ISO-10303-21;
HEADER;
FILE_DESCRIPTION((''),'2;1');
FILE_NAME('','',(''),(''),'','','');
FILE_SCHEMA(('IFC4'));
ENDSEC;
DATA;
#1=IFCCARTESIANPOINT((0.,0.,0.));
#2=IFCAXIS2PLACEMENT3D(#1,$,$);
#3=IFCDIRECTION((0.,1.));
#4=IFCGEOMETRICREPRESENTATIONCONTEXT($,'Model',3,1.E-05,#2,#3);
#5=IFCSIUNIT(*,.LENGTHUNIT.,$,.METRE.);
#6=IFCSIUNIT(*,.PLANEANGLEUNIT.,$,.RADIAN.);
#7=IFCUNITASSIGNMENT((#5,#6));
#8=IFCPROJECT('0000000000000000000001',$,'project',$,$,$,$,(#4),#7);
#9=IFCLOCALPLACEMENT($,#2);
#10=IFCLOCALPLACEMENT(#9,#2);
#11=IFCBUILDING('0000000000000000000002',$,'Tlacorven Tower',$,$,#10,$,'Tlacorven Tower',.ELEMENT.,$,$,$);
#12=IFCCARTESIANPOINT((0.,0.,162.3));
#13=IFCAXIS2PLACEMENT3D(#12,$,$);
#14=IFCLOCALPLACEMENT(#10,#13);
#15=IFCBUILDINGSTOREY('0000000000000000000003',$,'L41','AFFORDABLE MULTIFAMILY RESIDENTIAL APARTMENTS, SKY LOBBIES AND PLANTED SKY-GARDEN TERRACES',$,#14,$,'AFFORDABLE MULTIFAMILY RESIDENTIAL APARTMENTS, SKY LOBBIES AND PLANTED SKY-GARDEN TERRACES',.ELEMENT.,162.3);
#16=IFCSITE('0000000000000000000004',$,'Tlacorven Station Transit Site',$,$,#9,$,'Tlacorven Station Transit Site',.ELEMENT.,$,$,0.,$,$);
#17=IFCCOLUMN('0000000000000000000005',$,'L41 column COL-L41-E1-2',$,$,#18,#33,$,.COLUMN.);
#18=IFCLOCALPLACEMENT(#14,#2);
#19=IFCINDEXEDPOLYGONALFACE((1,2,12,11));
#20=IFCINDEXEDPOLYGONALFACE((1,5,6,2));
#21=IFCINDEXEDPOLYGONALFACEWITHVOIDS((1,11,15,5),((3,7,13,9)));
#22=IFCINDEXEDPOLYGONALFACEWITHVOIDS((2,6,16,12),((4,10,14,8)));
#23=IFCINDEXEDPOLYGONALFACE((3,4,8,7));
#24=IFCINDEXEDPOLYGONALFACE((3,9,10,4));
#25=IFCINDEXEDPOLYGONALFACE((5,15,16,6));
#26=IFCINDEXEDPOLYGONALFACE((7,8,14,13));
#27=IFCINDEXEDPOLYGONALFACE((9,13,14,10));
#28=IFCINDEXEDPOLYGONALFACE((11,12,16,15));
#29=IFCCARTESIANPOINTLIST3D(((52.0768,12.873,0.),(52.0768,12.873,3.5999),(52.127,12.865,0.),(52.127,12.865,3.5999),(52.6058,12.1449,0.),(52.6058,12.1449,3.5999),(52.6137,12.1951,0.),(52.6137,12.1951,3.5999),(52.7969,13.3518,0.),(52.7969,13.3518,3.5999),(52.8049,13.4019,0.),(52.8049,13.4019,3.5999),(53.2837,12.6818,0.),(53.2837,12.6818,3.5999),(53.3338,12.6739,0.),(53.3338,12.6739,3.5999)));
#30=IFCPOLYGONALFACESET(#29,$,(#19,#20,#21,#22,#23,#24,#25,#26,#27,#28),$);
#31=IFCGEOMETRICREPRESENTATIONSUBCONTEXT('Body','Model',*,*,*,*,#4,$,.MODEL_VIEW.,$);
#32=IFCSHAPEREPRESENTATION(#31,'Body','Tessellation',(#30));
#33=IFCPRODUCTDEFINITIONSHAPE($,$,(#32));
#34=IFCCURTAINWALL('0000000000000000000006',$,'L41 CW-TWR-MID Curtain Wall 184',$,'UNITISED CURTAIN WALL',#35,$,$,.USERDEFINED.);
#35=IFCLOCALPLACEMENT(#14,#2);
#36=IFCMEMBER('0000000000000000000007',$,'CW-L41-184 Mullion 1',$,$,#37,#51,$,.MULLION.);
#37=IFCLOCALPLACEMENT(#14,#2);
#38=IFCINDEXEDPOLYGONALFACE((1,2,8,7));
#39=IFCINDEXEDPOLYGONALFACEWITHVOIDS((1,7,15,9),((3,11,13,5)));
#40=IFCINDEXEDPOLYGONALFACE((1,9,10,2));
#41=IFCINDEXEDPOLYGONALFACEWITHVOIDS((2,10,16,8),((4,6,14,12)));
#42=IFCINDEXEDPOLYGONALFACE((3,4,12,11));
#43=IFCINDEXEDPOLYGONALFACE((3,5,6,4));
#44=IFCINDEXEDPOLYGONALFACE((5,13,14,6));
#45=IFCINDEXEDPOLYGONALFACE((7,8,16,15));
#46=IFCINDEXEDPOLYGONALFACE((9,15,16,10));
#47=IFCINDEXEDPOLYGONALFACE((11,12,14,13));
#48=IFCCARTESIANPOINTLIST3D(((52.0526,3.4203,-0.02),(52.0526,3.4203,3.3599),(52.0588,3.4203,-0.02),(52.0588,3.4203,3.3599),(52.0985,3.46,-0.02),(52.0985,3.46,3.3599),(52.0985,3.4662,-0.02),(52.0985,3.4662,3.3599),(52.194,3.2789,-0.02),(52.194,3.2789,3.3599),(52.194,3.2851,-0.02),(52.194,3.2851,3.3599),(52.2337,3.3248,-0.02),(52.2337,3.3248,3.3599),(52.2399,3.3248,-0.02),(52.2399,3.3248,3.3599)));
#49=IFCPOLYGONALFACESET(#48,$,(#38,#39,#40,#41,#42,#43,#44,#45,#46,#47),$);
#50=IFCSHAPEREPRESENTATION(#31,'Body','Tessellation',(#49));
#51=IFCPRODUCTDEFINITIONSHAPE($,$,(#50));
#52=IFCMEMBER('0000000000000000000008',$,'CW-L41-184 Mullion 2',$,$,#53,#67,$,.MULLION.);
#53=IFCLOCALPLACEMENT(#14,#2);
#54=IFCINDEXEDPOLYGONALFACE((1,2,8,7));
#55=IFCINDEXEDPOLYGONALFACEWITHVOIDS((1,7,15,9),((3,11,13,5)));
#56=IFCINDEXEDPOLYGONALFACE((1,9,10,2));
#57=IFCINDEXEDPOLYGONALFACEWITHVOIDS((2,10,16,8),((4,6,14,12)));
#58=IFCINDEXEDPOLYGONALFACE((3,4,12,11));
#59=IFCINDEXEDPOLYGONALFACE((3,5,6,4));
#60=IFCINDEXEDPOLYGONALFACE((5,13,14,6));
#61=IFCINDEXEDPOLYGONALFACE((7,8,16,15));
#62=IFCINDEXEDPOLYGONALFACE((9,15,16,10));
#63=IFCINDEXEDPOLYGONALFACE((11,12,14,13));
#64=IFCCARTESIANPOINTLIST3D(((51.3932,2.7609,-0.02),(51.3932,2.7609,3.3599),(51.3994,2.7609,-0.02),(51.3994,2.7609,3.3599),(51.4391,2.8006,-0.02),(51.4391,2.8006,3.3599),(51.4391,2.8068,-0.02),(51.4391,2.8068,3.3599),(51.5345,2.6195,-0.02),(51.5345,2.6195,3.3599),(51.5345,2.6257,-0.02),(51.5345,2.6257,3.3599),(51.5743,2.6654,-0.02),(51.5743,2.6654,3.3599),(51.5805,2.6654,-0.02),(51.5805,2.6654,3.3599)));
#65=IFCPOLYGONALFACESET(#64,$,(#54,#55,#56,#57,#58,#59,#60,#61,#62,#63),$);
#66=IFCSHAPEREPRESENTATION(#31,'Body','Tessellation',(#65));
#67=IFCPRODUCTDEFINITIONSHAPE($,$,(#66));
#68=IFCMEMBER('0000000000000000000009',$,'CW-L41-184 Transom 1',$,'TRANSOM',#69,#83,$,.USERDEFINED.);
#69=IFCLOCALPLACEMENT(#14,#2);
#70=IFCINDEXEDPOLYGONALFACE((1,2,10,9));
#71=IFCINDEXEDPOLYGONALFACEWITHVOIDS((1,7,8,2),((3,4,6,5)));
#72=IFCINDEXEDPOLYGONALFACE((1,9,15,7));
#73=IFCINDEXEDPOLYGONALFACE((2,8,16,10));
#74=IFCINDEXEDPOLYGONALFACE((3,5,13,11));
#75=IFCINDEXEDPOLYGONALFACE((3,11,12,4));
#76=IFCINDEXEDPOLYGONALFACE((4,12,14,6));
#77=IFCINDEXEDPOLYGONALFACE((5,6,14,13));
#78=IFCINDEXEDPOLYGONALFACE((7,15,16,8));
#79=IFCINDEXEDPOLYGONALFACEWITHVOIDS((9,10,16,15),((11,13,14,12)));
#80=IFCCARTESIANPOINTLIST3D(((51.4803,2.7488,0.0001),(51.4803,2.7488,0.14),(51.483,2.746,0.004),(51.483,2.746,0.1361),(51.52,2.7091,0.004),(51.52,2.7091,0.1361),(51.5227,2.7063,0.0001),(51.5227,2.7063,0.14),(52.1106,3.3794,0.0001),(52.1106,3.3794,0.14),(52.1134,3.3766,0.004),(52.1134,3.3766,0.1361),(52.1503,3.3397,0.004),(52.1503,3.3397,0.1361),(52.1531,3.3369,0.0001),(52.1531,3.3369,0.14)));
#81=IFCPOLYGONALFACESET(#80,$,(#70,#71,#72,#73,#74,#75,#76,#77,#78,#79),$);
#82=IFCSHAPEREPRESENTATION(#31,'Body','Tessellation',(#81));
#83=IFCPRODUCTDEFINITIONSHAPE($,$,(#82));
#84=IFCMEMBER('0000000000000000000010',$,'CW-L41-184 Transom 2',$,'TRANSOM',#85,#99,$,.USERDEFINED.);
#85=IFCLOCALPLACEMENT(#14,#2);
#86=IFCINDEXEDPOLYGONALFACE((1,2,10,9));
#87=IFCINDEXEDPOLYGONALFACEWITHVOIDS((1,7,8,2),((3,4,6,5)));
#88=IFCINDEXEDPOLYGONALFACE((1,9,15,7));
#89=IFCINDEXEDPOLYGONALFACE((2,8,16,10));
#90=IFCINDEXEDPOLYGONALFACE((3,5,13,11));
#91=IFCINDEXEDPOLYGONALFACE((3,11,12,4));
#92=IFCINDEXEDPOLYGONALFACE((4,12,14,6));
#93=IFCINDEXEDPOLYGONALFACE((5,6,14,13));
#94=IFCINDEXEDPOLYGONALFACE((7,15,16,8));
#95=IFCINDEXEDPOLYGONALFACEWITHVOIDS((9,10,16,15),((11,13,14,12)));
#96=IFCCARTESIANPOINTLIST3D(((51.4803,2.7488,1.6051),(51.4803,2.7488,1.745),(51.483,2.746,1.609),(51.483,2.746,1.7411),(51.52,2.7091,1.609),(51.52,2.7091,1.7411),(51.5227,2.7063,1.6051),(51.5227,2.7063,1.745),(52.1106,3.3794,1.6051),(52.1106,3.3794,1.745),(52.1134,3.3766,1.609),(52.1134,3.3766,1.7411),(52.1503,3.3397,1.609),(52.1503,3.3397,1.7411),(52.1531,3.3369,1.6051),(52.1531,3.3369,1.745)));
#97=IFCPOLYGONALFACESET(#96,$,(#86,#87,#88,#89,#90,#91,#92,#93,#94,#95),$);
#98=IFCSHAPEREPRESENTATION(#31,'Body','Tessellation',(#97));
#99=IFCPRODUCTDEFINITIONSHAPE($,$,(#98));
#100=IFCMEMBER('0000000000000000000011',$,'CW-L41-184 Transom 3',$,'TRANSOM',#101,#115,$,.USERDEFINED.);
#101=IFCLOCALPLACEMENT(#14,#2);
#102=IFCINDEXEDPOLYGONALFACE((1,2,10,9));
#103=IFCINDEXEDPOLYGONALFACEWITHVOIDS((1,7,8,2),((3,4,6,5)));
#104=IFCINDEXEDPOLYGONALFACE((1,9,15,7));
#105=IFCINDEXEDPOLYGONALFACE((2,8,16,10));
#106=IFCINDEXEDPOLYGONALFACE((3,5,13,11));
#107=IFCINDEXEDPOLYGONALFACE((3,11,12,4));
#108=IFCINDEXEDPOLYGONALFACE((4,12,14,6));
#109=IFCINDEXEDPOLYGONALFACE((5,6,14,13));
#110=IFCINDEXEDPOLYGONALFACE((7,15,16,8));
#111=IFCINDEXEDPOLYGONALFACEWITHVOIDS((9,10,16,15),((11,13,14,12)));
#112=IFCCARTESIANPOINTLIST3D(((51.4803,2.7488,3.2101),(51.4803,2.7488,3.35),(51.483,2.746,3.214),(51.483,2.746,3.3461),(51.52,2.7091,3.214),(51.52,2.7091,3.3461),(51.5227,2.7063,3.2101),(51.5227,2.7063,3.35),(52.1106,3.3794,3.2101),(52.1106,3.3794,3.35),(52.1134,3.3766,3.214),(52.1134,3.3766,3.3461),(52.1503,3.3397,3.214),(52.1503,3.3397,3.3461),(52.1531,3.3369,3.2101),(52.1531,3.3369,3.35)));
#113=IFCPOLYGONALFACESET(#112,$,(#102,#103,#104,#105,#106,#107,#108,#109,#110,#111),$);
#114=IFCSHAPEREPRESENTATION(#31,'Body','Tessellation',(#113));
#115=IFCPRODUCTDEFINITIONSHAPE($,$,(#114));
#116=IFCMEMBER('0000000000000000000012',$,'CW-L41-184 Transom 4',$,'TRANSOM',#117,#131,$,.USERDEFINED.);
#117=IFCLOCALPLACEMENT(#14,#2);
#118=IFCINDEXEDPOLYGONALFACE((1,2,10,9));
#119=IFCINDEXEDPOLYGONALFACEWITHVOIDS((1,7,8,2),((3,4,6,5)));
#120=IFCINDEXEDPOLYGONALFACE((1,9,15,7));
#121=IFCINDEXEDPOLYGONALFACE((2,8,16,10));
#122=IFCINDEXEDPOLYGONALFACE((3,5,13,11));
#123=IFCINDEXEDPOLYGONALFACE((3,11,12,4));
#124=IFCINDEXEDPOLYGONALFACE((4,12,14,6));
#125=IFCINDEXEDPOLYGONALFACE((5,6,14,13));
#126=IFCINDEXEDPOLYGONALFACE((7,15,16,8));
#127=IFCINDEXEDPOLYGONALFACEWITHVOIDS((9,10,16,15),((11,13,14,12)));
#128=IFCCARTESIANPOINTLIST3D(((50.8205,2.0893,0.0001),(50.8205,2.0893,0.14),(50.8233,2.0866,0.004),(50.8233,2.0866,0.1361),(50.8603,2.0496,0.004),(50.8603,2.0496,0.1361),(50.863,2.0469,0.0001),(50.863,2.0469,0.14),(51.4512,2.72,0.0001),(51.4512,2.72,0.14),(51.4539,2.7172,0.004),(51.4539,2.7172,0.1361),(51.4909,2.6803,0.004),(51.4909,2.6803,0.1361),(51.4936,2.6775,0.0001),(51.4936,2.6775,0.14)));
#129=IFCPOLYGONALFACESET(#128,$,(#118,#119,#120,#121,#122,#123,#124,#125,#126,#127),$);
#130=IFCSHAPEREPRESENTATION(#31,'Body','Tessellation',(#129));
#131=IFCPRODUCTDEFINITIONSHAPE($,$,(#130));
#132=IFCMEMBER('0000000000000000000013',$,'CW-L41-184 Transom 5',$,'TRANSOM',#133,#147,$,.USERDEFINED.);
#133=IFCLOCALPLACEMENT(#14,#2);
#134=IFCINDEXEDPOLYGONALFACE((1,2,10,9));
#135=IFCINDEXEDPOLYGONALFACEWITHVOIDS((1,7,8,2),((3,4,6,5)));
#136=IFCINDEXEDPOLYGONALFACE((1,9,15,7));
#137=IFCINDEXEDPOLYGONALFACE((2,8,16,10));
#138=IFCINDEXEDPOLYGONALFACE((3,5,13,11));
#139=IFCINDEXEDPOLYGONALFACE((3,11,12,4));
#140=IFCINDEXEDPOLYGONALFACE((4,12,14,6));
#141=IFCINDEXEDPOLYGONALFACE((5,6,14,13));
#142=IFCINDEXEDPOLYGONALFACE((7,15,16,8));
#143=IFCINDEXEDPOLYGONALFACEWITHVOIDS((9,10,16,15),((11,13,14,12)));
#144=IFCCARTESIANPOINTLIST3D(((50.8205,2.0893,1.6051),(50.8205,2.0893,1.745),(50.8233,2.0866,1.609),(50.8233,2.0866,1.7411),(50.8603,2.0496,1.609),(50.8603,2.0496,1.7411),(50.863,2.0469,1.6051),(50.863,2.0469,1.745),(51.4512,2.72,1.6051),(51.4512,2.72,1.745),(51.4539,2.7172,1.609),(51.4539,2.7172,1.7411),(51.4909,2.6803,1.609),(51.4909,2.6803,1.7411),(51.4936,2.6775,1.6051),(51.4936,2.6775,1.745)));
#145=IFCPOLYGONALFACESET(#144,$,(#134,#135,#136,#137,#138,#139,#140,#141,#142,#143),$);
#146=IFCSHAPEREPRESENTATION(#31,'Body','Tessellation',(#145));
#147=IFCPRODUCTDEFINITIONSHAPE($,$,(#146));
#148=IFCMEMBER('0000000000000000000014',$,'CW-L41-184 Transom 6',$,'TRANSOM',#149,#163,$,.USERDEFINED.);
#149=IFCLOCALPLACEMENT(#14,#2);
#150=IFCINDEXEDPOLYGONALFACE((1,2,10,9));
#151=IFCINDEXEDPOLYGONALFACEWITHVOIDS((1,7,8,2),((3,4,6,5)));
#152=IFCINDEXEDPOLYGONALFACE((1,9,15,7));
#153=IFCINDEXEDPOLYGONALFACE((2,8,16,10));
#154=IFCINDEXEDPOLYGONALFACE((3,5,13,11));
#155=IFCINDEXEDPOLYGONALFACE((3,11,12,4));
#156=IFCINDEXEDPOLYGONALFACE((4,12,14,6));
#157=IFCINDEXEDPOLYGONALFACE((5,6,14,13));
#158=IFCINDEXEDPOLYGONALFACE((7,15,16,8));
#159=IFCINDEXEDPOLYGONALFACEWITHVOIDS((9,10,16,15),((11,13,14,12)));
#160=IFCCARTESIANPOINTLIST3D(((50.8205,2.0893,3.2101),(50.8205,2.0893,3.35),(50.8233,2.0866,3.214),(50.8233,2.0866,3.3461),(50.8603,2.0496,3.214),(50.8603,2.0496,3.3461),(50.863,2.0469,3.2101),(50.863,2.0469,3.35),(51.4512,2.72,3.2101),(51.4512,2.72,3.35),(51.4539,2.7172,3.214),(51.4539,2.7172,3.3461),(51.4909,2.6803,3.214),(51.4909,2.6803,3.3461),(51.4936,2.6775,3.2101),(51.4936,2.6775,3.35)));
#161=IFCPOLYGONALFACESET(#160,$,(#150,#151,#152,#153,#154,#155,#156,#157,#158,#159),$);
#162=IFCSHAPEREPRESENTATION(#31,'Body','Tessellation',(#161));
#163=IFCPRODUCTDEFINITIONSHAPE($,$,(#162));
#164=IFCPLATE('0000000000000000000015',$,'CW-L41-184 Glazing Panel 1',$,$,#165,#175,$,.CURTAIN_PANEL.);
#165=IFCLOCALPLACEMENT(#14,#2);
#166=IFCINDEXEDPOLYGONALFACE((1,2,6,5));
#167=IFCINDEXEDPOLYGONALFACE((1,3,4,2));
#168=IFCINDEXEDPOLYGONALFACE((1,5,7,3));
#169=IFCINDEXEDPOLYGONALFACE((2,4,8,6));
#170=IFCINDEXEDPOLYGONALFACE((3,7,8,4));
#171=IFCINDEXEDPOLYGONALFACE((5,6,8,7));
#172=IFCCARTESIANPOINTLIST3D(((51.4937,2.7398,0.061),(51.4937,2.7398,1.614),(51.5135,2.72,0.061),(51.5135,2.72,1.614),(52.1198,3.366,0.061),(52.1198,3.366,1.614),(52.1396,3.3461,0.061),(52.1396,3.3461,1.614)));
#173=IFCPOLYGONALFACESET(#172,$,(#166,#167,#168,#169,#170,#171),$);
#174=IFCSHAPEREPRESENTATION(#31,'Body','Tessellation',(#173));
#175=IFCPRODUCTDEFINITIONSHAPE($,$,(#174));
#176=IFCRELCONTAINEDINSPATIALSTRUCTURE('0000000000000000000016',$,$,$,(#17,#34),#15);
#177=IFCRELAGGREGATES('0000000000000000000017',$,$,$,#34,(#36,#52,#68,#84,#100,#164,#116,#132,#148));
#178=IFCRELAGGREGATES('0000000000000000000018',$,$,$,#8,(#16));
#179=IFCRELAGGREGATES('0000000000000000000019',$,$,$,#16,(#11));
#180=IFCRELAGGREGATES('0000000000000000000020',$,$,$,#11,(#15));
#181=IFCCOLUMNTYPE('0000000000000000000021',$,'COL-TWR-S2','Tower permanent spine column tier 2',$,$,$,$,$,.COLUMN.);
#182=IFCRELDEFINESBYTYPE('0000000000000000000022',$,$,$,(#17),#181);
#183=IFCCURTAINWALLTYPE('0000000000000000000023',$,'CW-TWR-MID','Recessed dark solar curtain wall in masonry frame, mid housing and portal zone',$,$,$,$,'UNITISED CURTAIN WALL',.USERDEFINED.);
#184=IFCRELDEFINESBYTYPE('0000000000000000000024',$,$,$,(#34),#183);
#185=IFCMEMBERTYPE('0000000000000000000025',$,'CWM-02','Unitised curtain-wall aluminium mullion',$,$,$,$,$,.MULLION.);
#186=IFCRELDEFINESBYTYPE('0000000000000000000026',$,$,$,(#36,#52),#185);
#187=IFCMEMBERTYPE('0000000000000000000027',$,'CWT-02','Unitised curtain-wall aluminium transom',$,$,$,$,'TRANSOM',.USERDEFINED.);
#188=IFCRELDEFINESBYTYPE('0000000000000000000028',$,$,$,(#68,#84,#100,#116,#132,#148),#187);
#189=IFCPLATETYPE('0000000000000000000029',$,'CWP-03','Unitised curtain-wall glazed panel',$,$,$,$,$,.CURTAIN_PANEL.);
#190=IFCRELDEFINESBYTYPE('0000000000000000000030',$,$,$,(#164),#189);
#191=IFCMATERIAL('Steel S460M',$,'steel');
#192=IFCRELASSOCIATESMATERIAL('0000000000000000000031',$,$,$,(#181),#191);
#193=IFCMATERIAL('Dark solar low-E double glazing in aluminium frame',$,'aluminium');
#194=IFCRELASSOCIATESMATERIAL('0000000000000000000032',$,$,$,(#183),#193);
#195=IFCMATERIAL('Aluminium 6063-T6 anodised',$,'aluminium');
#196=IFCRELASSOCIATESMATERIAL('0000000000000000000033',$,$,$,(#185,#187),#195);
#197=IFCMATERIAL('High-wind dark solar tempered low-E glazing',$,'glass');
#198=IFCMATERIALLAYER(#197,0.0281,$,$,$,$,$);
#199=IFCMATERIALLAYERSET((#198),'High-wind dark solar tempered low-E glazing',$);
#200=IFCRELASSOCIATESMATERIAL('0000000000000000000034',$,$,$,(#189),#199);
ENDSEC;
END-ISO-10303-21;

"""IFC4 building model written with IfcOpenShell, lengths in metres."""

from ifc_helpers import new_model, si_unit, direction, frame, origin, origin_2d, place, context, subcontext, project, spatial, rectangle, hollow_rectangle, extrude, source, transform, mapped, material, layer, layer_set, material_profile, profile_set, type_object, element, aggregate, save


model = new_model("IFC4")

# Units and contexts
model_context = context("Model", 3, precision=1e-05, world=origin(), true_north=direction((0.0, 1.0)))
body_context = subcontext(model_context, "Body", "Model", "MODEL_VIEW")
ifc_project = project(units=[si_unit("LENGTHUNIT", "METRE"), si_unit("PLANEANGLEUNIT", "RADIAN")], contexts=[model_context])

# Site, building, storey
site_placement = place(None, origin())
site = spatial("IfcSite", under=ifc_project, at=site_placement, Name="Tlacorven Station Transit Site", LongName="Tlacorven Station Transit Site", CompositionType="ELEMENT", RefElevation=0.0)
building_placement = place(site_placement, origin())
building = spatial("IfcBuilding", under=site, at=building_placement, Name="Tlacorven Tower", LongName="Tlacorven Tower", CompositionType="ELEMENT")
storey_placement = place(building_placement, frame((0.0, 0.0, 162.3)))
storey = spatial("IfcBuildingStorey", under=building, at=storey_placement, Name="L41", Description="AFFORDABLE MULTIFAMILY RESIDENTIAL APARTMENTS, SKY LOBBIES AND PLANTED SKY-GARDEN TERRACES", LongName="AFFORDABLE MULTIFAMILY RESIDENTIAL APARTMENTS, SKY LOBBIES AND PLANTED SKY-GARDEN TERRACES", CompositionType="ELEMENT", Elevation=162.3)

# Column
ifc_material_1 = material(Name="Steel S460M", Category="steel")
ifc_material_profile_1 = material_profile(ifc_material_1, hollow_rectangle(XDim=0.8999, YDim=0.8999, WallThickness=0.0359, at=origin_2d()), Name="BOX 900X900X36")
ifc_profile_set_1 = profile_set([ifc_material_profile_1], Name="Steel S460M")
column_type = type_object("IfcColumnType", Name="COL-TWR-S2", Description="Tower permanent spine column tier 2", PredefinedType="COLUMN", material=ifc_profile_set_1)
shared_shape_1 = source(origin(), body_context, "Body", "SweptSolid", [
    extrude(hollow_rectangle(XDim=0.8999, YDim=0.8999, WallThickness=0.0359, at=origin_2d()), origin(), (0.0, 0.0, 1.0), 3.5999),
])
column_placement = place(storey_placement, frame((52.7053, 12.7734, 0.0), z_axis=(0.0, 0.0, 1.0), x_axis=(0.809017, 0.587785, 0.0)))
element("IfcColumn", 1, at=column_placement, inside=storey, type_object=column_type, Name="L41 column COL-L41-E1-2", PredefinedType="COLUMN", context=body_context, shape_type="MappedRepresentation", body=[
    mapped(shared_shape_1, transform((0.0, 0.0, 0.0), scale=1.0)),
])

# Curtain wall, members, plate
ifc_material_2 = material(Name="Dark solar low-E double glazing in aluminium frame", Category="aluminium")
curtain_wall_type = type_object("IfcCurtainWallType", Name="CW-TWR-MID", Description="Recessed dark solar curtain wall in masonry frame, mid housing and portal zone", ElementType="UNITISED CURTAIN WALL", PredefinedType="USERDEFINED", material=ifc_material_2)
curtain_wall_placement = place(storey_placement, origin())
curtain_wall = element("IfcCurtainWall", 2, at=curtain_wall_placement, inside=storey, type_object=curtain_wall_type, Name="L41 CW-TWR-MID Curtain Wall 184", ObjectType="UNITISED CURTAIN WALL", PredefinedType="USERDEFINED")
ifc_material_3 = material(Name="Aluminium 6063-T6 anodised", Category="aluminium")
ifc_material_profile_2 = material_profile(ifc_material_3, hollow_rectangle(XDim=0.0649, YDim=0.2, WallThickness=0.0044, at=origin_2d()), Name="ALU MULLION 65X200")
ifc_profile_set_2 = profile_set([ifc_material_profile_2], Name="Aluminium 6063-T6 anodised")
member_type_1 = type_object("IfcMemberType", Name="CWM-02", Description="Unitised curtain-wall aluminium mullion", PredefinedType="MULLION", material=ifc_profile_set_2)
shared_shape_2 = source(origin(), body_context, "Body", "SweptSolid", [
    extrude(hollow_rectangle(XDim=0.0649, YDim=0.2, WallThickness=0.0044, at=origin_2d()), origin(), (0.0, 0.0, 1.0), 3.3799),
])
member_1_placement = place(storey_placement, frame((52.1462, 3.3726, -0.02), z_axis=(0.0, 0.0, 1.0), x_axis=(-0.707107, -0.707107, 0.0)))
member_1 = element("IfcMember", 3, at=member_1_placement, type_object=member_type_1, Name="CW-L41-184 Mullion 1", PredefinedType="MULLION", context=body_context, shape_type="MappedRepresentation", body=[
    mapped(shared_shape_2, transform((0.0, 0.0, 0.0), scale=1.0)),
])
member_2_placement = place(storey_placement, frame((51.4868, 2.7131, -0.02), z_axis=(0.0, 0.0, 1.0), x_axis=(-0.707107, -0.707107, 0.0)))
member_2 = element("IfcMember", 4, at=member_2_placement, type_object=member_type_1, Name="CW-L41-184 Mullion 2", PredefinedType="MULLION", context=body_context, shape_type="MappedRepresentation", body=[
    mapped(shared_shape_2, transform((0.0, 0.0, 0.0), scale=1.0)),
])
ifc_material_profile_3 = material_profile(ifc_material_3, hollow_rectangle(XDim=0.0601, YDim=0.1399, WallThickness=0.0039, at=origin_2d()), Name="ALU TRANSOM 60X140")
ifc_profile_set_3 = profile_set([ifc_material_profile_3], Name="Aluminium 6063-T6 anodised")
member_type_2 = type_object("IfcMemberType", Name="CWT-02", Description="Unitised curtain-wall aluminium transom", ElementType="TRANSOM", PredefinedType="USERDEFINED", material=ifc_profile_set_3)
shared_shape_3 = source(origin(), body_context, "Body", "SweptSolid", [
    extrude(hollow_rectangle(XDim=0.0601, YDim=0.1399, WallThickness=0.0039, at=origin_2d()), origin(), (0.0, 0.0, 1.0), 0.8916),
])
member_3_placement = place(storey_placement, frame((52.1318, 3.3582, 0.0701), z_axis=(-0.70697, -0.707244, 0.0), x_axis=(0.707244, -0.70697, 0.0)))
member_3 = element("IfcMember", 5, at=member_3_placement, type_object=member_type_2, Name="CW-L41-184 Transom 1", ObjectType="TRANSOM", PredefinedType="USERDEFINED", context=body_context, shape_type="MappedRepresentation", body=[
    mapped(shared_shape_3, transform((0.0, 0.0, 0.0), scale=1.0)),
])
member_4_placement = place(storey_placement, frame((52.1318, 3.3582, 1.675), z_axis=(-0.70697, -0.707244, 0.0), x_axis=(0.707244, -0.70697, 0.0)))
member_4 = element("IfcMember", 6, at=member_4_placement, type_object=member_type_2, Name="CW-L41-184 Transom 2", ObjectType="TRANSOM", PredefinedType="USERDEFINED", context=body_context, shape_type="MappedRepresentation", body=[
    mapped(shared_shape_3, transform((0.0, 0.0, 0.0), scale=1.0)),
])
member_5_placement = place(storey_placement, frame((52.1318, 3.3582, 3.28), z_axis=(-0.70697, -0.707244, 0.0), x_axis=(0.707244, -0.70697, 0.0)))
member_5 = element("IfcMember", 7, at=member_5_placement, type_object=member_type_2, Name="CW-L41-184 Transom 3", ObjectType="TRANSOM", PredefinedType="USERDEFINED", context=body_context, shape_type="MappedRepresentation", body=[
    mapped(shared_shape_3, transform((0.0, 0.0, 0.0), scale=1.0)),
])
shared_shape_4 = source(origin(), body_context, "Body", "SweptSolid", [
    extrude(hollow_rectangle(XDim=0.0601, YDim=0.1399, WallThickness=0.0039, at=origin_2d()), origin(), (0.0, 0.0, 1.0), 0.8918),
])
member_6_placement = place(storey_placement, frame((51.4724, 2.6987, 0.0701), z_axis=(-0.707107, -0.707107, 0.0), x_axis=(0.707107, -0.707107, 0.0)))
member_6 = element("IfcMember", 8, at=member_6_placement, type_object=member_type_2, Name="CW-L41-184 Transom 4", ObjectType="TRANSOM", PredefinedType="USERDEFINED", context=body_context, shape_type="MappedRepresentation", body=[
    mapped(shared_shape_4, transform((0.0, 0.0, 0.0), scale=1.0)),
])
member_7_placement = place(storey_placement, frame((51.4724, 2.6987, 1.675), z_axis=(-0.707107, -0.707107, 0.0), x_axis=(0.707107, -0.707107, 0.0)))
member_7 = element("IfcMember", 9, at=member_7_placement, type_object=member_type_2, Name="CW-L41-184 Transom 5", ObjectType="TRANSOM", PredefinedType="USERDEFINED", context=body_context, shape_type="MappedRepresentation", body=[
    mapped(shared_shape_4, transform((0.0, 0.0, 0.0), scale=1.0)),
])
member_8_placement = place(storey_placement, frame((51.4724, 2.6987, 3.28), z_axis=(-0.707107, -0.707107, 0.0), x_axis=(0.707107, -0.707107, 0.0)))
member_8 = element("IfcMember", 10, at=member_8_placement, type_object=member_type_2, Name="CW-L41-184 Transom 6", ObjectType="TRANSOM", PredefinedType="USERDEFINED", context=body_context, shape_type="MappedRepresentation", body=[
    mapped(shared_shape_4, transform((0.0, 0.0, 0.0), scale=1.0)),
])
ifc_material_4 = material(Name="High-wind dark solar tempered low-E glazing", Category="glass")
ifc_layer_1 = layer(ifc_material_4, 0.0281)
ifc_layer_set_1 = layer_set([ifc_layer_1], Name="High-wind dark solar tempered low-E glazing")
plate_type = type_object("IfcPlateType", Name="CWP-03", Description="Unitised curtain-wall glazed panel", PredefinedType="CURTAIN_PANEL", material=ifc_layer_set_1)
shared_shape_5 = source(origin(), body_context, "Body", "SweptSolid", [
    extrude(rectangle(XDim=0.8855, YDim=0.0281, at=origin_2d()), origin(), (0.0, 0.0, 1.0), 1.553),
])
plate_1_placement = place(storey_placement, frame((51.8167, 3.043, 0.061), z_axis=(0.0, 0.0, 1.0), x_axis=(-0.707107, -0.707107, 0.0)))
plate_1 = element("IfcPlate", 11, at=plate_1_placement, type_object=plate_type, Name="CW-L41-184 Glazing Panel 1", PredefinedType="CURTAIN_PANEL", context=body_context, shape_type="MappedRepresentation", body=[
    mapped(shared_shape_5, transform((0.0, 0.0, 0.0), scale=1.0)),
])
aggregate(curtain_wall, [member_1, member_2, member_3, member_4, member_5, plate_1, member_6, member_7, member_8])

save(model, "model.ifc")
